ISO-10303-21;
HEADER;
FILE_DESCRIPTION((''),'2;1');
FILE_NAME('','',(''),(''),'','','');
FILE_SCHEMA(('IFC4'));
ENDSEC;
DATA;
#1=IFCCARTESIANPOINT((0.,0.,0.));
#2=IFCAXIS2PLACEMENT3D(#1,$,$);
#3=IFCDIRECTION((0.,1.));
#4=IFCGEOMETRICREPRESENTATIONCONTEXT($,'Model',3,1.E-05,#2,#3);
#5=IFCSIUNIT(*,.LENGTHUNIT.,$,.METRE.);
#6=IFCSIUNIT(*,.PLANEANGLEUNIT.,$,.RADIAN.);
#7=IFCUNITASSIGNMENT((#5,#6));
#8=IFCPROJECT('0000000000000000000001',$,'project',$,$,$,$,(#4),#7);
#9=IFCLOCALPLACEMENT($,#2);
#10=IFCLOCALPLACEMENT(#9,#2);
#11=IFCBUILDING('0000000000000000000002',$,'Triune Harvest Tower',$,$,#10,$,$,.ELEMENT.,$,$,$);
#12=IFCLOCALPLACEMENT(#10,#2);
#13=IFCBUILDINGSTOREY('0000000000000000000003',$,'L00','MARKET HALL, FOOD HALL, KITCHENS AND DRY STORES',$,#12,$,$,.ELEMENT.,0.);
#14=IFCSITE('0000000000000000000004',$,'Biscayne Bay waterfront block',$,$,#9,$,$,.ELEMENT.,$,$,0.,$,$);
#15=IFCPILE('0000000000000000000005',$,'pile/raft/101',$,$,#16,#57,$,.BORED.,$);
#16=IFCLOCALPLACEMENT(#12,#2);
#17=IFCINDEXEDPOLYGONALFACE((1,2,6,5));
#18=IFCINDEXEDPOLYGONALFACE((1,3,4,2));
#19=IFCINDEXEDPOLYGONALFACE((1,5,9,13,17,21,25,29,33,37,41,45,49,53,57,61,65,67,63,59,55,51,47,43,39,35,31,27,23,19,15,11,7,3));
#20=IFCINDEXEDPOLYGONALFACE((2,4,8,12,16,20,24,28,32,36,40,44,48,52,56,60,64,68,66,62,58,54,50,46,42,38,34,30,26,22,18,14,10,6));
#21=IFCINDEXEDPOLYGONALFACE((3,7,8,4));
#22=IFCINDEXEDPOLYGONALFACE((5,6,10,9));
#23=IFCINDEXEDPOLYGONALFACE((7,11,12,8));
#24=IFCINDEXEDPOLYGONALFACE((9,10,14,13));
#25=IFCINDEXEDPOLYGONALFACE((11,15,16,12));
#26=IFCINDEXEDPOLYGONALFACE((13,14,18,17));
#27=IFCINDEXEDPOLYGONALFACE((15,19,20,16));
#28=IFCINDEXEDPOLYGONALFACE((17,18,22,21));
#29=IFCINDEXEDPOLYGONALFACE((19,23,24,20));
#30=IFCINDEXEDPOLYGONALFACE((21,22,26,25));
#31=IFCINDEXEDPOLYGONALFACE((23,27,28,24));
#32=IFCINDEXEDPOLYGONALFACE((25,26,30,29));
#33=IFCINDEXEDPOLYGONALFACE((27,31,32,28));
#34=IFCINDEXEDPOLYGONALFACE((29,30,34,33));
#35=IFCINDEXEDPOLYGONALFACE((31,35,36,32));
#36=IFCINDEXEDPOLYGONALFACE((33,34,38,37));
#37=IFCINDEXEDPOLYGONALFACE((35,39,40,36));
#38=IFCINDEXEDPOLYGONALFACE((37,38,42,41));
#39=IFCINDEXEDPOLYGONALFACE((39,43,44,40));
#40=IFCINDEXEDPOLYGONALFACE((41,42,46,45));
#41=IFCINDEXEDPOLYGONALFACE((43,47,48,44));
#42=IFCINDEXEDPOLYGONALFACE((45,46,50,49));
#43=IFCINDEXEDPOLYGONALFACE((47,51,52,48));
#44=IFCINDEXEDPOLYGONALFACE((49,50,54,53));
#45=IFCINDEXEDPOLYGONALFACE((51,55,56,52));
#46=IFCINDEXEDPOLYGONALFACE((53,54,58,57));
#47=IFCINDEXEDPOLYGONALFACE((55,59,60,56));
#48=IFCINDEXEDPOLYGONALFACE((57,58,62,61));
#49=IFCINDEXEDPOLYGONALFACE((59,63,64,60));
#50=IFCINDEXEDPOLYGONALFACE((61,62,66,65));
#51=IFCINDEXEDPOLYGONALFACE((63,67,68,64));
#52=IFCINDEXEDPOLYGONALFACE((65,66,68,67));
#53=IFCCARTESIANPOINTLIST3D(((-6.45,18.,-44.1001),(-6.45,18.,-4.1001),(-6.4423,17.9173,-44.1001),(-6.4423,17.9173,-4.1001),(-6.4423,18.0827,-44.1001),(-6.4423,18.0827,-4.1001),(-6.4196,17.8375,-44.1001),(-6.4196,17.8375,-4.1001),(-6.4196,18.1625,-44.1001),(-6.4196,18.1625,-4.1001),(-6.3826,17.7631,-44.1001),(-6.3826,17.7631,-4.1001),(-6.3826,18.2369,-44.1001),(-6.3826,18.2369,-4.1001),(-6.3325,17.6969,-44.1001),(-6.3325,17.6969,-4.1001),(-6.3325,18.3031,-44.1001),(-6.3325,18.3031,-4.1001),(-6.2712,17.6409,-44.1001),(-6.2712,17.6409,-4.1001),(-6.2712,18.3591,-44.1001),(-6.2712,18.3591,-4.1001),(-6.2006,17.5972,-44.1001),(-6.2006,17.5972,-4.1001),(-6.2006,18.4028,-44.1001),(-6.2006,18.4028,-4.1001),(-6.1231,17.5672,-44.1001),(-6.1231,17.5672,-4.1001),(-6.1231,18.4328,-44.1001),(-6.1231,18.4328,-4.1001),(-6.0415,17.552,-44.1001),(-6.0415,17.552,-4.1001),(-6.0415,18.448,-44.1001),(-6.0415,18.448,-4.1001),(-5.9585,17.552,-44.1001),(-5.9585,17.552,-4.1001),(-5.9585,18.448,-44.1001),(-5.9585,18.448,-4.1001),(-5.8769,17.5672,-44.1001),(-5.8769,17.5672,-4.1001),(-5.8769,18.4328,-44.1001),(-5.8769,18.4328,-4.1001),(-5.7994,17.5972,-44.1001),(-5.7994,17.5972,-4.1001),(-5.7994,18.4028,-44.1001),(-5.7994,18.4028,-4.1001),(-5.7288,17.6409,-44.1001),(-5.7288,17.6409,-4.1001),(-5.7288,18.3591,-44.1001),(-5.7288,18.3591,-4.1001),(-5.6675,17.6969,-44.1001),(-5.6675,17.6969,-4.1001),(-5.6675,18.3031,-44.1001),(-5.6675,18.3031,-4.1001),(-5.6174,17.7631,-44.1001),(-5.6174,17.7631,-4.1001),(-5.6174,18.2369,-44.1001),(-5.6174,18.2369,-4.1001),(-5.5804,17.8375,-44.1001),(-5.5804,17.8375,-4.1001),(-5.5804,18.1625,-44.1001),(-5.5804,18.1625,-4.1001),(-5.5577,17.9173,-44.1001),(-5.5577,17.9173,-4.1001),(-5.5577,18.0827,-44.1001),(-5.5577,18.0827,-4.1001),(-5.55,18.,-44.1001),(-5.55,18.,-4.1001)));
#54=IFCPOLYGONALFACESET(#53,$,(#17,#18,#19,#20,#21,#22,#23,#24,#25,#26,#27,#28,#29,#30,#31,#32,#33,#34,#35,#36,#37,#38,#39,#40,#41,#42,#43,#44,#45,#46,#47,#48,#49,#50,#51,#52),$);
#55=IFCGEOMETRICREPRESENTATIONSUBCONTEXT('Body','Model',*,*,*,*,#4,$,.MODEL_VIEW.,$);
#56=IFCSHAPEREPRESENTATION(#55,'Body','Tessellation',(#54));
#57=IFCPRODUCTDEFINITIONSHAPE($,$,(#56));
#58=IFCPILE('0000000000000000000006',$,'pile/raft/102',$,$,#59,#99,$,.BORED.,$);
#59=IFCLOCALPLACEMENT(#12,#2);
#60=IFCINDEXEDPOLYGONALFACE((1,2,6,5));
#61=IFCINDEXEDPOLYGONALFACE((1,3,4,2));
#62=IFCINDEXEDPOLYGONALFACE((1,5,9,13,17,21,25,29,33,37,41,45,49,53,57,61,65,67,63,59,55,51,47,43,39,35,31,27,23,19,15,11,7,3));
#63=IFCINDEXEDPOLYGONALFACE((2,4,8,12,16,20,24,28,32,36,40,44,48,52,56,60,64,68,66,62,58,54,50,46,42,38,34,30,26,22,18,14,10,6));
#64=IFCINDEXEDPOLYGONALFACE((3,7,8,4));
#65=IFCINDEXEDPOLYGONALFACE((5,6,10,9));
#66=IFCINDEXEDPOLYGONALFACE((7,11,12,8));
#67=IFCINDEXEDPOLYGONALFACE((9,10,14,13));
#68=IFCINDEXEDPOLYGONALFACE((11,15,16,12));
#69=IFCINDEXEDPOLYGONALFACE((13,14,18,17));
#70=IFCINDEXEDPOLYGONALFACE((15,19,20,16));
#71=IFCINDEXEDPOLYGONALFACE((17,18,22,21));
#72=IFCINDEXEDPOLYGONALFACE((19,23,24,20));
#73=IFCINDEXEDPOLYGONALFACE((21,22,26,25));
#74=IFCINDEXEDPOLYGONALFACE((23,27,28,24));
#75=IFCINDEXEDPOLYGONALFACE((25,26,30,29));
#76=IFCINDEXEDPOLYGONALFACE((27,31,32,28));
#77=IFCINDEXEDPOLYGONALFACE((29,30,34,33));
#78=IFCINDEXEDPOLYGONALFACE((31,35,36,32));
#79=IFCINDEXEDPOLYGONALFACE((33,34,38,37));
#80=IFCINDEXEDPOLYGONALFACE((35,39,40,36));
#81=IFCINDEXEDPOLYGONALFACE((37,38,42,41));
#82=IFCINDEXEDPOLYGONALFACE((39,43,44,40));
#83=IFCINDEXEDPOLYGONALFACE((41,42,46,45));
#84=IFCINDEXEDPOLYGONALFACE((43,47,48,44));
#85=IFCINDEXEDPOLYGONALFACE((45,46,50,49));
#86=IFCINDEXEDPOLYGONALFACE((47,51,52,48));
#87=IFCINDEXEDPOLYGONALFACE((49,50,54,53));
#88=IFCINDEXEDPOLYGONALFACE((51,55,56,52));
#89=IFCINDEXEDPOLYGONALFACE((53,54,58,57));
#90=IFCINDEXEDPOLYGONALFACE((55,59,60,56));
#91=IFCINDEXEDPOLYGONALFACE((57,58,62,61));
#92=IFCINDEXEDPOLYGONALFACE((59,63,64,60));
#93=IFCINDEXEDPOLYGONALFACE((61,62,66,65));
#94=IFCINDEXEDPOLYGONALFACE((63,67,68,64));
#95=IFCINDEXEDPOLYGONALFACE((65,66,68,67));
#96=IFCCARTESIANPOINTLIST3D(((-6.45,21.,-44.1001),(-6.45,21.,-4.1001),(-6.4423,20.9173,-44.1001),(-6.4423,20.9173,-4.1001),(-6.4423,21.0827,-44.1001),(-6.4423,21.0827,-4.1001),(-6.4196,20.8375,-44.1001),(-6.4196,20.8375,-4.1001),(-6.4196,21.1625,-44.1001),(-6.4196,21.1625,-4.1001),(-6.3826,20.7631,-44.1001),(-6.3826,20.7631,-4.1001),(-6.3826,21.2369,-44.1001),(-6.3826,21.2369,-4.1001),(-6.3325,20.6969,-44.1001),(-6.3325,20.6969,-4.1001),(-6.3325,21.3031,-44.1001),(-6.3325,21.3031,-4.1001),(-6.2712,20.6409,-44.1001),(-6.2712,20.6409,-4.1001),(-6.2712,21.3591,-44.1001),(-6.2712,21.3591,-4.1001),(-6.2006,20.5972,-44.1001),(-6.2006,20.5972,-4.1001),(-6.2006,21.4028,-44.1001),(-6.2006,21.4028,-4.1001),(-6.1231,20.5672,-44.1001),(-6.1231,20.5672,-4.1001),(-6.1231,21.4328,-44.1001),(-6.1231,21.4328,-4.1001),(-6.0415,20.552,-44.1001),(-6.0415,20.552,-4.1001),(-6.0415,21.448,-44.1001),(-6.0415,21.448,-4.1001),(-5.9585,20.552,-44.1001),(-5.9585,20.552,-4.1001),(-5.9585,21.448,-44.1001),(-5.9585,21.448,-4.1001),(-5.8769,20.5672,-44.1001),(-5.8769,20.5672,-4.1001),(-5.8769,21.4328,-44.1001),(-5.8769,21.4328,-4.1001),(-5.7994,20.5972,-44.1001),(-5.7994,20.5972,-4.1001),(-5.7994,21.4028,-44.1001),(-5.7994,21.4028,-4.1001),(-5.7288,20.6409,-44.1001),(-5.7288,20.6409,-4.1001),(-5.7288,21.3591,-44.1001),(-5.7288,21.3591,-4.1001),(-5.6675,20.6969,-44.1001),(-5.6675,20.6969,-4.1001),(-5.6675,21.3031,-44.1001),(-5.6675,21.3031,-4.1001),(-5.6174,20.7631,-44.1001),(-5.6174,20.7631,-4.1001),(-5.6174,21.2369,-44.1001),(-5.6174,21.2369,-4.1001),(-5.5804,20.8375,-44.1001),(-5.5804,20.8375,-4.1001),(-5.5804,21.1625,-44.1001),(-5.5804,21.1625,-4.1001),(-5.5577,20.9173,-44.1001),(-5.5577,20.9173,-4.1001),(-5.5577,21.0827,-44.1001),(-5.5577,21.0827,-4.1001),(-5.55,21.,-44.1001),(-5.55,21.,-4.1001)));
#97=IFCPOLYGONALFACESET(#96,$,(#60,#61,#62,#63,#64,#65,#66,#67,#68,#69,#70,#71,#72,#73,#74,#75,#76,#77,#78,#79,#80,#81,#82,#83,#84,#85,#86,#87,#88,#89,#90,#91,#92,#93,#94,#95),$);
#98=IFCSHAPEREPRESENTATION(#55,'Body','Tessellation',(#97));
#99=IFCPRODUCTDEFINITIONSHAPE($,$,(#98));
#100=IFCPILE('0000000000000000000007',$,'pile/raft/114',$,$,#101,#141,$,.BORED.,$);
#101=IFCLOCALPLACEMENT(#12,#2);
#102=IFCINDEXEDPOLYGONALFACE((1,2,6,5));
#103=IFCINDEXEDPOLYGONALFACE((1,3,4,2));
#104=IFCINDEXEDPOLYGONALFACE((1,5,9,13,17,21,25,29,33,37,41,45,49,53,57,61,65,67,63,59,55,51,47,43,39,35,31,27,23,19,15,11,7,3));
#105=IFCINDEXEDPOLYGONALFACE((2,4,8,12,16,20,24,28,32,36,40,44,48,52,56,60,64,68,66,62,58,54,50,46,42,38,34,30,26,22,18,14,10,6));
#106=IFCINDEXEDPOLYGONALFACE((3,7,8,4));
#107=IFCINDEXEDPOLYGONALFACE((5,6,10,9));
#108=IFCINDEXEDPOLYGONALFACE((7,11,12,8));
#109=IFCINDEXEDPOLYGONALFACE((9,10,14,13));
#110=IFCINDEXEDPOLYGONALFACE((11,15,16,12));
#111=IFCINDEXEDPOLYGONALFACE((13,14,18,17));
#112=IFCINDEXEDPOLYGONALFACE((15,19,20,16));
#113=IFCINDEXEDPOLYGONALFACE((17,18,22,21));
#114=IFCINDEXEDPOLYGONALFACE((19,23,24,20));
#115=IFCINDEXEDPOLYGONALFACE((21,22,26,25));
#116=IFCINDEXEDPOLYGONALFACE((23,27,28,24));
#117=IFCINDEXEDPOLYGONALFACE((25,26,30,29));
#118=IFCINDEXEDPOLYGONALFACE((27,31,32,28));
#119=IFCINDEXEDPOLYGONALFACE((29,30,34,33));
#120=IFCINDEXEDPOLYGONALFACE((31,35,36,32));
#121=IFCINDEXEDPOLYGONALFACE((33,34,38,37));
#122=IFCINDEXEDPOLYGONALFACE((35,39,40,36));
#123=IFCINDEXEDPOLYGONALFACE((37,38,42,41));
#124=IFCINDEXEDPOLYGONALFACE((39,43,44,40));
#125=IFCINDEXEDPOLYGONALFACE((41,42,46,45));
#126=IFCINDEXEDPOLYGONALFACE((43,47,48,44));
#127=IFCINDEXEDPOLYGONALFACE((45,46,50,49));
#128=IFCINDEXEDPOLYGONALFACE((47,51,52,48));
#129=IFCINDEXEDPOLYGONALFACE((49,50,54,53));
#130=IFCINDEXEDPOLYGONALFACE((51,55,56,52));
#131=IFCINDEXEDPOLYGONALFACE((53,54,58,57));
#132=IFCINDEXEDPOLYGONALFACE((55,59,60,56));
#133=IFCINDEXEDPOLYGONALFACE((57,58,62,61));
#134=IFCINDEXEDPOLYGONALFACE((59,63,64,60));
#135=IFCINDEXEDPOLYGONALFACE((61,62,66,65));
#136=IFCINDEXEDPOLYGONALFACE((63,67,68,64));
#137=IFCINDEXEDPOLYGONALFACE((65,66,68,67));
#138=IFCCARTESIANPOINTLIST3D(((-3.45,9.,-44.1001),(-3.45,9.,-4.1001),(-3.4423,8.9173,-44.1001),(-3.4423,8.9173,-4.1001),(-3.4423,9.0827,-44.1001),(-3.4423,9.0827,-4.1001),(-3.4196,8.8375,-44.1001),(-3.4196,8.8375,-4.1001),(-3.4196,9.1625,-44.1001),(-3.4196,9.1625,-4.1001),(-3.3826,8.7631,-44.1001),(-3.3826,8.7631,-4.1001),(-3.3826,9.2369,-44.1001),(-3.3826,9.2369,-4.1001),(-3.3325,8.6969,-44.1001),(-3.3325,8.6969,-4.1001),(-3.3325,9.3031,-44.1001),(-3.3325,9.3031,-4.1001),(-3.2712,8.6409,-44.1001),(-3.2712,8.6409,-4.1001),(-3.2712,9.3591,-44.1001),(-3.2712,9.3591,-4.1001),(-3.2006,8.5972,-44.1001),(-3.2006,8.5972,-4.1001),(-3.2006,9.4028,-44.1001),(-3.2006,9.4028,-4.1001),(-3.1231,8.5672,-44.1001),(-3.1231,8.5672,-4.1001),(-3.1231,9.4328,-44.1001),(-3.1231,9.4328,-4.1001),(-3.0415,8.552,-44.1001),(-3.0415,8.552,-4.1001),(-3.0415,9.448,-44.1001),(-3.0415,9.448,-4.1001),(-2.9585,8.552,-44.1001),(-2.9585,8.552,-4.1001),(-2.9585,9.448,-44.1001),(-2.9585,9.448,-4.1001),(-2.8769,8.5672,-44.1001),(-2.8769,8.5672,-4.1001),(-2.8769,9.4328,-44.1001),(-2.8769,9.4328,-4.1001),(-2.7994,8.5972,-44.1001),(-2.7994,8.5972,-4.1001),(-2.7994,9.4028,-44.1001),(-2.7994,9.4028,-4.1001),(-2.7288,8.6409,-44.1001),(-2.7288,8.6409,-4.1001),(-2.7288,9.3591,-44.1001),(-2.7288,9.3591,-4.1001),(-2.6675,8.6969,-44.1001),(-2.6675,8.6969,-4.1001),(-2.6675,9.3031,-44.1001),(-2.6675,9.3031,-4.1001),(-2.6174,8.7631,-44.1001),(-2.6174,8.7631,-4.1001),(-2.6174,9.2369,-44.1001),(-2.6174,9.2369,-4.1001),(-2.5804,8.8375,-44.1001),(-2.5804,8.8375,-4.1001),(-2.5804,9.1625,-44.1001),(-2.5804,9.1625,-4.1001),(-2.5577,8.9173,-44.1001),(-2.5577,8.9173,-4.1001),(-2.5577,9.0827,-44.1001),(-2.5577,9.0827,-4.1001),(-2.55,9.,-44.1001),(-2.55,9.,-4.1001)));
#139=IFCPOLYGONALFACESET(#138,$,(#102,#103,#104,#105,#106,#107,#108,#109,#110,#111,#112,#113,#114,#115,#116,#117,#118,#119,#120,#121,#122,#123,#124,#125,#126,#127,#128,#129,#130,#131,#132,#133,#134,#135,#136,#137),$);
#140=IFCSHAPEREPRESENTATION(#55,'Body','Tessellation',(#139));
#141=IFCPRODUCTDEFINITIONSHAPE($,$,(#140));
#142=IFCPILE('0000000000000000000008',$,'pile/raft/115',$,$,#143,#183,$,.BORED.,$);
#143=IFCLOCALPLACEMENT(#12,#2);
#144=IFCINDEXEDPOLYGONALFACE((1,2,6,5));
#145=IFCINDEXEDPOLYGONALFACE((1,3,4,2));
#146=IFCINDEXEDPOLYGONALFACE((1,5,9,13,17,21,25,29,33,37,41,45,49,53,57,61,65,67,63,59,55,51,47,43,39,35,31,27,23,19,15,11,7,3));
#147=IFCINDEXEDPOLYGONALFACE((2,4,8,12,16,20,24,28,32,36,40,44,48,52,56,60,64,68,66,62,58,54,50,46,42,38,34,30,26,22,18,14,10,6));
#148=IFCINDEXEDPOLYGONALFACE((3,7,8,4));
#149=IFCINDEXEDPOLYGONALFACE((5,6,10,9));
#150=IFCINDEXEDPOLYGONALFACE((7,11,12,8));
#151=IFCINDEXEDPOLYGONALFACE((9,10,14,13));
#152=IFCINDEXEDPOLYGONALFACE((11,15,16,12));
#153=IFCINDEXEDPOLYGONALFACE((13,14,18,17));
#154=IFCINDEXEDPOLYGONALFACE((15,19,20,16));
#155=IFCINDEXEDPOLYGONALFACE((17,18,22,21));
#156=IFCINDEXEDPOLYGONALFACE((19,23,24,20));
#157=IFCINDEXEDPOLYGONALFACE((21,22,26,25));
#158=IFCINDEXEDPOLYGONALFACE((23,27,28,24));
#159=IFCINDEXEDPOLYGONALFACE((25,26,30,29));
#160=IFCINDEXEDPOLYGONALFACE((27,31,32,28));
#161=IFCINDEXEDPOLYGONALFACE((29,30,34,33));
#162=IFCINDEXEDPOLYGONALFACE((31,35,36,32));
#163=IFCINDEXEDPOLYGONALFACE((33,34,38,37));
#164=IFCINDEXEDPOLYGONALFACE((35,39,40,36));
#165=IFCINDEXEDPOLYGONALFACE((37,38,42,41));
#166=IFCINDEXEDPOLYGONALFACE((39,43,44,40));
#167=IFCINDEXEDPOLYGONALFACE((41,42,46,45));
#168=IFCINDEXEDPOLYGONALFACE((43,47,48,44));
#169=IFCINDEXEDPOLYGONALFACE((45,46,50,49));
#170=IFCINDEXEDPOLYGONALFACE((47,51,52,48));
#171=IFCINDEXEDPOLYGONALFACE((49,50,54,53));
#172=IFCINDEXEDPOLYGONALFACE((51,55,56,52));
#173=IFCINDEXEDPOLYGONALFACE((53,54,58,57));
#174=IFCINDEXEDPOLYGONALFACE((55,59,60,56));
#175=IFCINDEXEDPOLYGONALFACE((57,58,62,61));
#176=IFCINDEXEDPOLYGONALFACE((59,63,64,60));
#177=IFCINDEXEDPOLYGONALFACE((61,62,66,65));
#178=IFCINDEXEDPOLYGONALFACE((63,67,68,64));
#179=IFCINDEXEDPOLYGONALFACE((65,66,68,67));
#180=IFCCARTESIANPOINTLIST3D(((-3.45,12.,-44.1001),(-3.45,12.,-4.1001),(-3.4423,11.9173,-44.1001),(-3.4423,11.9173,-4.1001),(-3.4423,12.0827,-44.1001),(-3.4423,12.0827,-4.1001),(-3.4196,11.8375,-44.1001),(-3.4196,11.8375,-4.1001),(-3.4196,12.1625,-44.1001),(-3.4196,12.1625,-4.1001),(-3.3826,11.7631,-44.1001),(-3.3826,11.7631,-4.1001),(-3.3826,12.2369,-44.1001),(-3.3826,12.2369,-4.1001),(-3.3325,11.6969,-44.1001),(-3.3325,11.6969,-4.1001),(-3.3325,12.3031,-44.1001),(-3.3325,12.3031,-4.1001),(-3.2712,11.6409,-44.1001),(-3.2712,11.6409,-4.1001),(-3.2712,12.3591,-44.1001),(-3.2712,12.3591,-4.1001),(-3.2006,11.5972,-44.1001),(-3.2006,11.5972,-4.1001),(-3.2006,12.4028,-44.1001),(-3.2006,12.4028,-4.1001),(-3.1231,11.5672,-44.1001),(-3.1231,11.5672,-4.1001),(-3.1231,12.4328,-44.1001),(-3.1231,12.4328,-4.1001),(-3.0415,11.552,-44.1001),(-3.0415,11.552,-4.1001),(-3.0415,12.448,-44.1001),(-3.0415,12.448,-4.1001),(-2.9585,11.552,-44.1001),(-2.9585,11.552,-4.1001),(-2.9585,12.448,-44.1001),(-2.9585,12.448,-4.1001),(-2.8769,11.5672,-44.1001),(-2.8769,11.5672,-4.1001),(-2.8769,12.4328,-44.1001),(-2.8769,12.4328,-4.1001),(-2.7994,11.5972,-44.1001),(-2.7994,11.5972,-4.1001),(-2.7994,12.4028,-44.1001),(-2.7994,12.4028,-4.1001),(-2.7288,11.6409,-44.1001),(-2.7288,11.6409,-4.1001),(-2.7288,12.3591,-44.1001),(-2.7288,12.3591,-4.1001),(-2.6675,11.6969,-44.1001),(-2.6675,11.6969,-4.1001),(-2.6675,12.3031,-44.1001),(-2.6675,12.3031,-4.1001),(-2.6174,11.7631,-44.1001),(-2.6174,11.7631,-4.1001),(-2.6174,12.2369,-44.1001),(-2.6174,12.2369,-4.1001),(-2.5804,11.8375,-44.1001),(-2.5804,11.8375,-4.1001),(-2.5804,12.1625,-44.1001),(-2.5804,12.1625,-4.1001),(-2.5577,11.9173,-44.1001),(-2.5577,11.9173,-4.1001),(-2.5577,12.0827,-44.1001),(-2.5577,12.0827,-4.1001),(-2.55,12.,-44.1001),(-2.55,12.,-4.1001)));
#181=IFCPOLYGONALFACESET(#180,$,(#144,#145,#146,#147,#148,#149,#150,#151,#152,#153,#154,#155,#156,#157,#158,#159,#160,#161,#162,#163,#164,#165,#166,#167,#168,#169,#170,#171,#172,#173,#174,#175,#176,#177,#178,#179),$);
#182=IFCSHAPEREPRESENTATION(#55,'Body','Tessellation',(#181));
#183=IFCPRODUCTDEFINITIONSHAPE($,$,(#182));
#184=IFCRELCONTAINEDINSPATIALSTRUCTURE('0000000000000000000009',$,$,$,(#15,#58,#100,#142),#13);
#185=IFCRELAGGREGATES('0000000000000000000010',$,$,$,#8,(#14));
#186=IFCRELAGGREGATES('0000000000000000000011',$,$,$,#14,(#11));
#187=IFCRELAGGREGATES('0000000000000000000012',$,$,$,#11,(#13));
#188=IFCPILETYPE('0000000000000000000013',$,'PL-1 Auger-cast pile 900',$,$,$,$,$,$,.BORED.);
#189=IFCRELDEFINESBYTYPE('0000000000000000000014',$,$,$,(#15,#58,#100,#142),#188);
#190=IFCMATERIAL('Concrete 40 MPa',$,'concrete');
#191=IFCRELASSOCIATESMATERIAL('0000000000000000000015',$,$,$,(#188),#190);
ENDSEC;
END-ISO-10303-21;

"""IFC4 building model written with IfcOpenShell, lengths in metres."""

from ifc_helpers import new_model, si_unit, direction, frame, origin, origin_2d, place, context, subcontext, project, spatial, circle, extrude, source, transform, mapped, material, material_profile, profile_set, type_object, element, save


model = new_model("IFC4")

# Units and contexts
model_context = context("Model", 3, precision=1e-05, world=origin(), true_north=direction((0.0, 1.0)))
body_context = subcontext(model_context, "Body", "Model", "MODEL_VIEW")
ifc_project = project(units=[si_unit("LENGTHUNIT", "METRE"), si_unit("PLANEANGLEUNIT", "RADIAN")], contexts=[model_context])

# Site, building, storey
site_placement = place(None, origin())
site = spatial("IfcSite", under=ifc_project, at=site_placement, Name="Biscayne Bay waterfront block", CompositionType="ELEMENT", RefElevation=0.0)
building_placement = place(site_placement, origin())
building = spatial("IfcBuilding", under=site, at=building_placement, Name="Triune Harvest Tower", CompositionType="ELEMENT")
storey_placement = place(building_placement, origin())
storey = spatial("IfcBuildingStorey", under=building, at=storey_placement, Name="L00", Description="MARKET HALL, FOOD HALL, KITCHENS AND DRY STORES", CompositionType="ELEMENT", Elevation=0.0)

# Piles
ifc_material_1 = material(Name="Concrete 40 MPa", Category="concrete")
ifc_material_profile_1 = material_profile(ifc_material_1, circle(Radius=0.45, at=origin_2d()), Name="Bored 900")
ifc_profile_set_1 = profile_set([ifc_material_profile_1], Name="Concrete 40 MPa")
pile_type = type_object("IfcPileType", Name="PL-1 Auger-cast pile 900", PredefinedType="BORED", material=ifc_profile_set_1)
shared_shape_1 = source(origin(), body_context, "Body", "SweptSolid", [
    extrude(circle(Radius=0.45, at=origin_2d()), origin(), (0.0, 0.0, 1.0), 40.0),
])
for number, where, z_axis, x_axis, name in (
    (1, (-6.0, 18.0, -4.1001), (0.0, 0.0, -1.0), (1.0, 0.0, 0.0), "pile/raft/101"),
    (2, (-6.0, 21.0, -4.1001), (0.0, 0.0, -1.0), (1.0, 0.0, 0.0), "pile/raft/102"),
    (3, (-3.0, 9.0, -4.1001), (0.0, 0.0, -1.0), (1.0, 0.0, 0.0), "pile/raft/114"),
    (4, (-3.0, 12.0, -4.1001), (0.0, 0.0, -1.0), (1.0, 0.0, 0.0), "pile/raft/115"),
):
    element("IfcPile", number, at=place(storey_placement, frame(where, z_axis=z_axis, x_axis=x_axis)), inside=storey, type_object=pile_type, Name=name, PredefinedType="BORED", context=body_context, shape_type="MappedRepresentation", body=[
        mapped(shared_shape_1, transform((0.0, 0.0, 0.0), scale=1.0)),
    ])

save(model, "model.ifc")
